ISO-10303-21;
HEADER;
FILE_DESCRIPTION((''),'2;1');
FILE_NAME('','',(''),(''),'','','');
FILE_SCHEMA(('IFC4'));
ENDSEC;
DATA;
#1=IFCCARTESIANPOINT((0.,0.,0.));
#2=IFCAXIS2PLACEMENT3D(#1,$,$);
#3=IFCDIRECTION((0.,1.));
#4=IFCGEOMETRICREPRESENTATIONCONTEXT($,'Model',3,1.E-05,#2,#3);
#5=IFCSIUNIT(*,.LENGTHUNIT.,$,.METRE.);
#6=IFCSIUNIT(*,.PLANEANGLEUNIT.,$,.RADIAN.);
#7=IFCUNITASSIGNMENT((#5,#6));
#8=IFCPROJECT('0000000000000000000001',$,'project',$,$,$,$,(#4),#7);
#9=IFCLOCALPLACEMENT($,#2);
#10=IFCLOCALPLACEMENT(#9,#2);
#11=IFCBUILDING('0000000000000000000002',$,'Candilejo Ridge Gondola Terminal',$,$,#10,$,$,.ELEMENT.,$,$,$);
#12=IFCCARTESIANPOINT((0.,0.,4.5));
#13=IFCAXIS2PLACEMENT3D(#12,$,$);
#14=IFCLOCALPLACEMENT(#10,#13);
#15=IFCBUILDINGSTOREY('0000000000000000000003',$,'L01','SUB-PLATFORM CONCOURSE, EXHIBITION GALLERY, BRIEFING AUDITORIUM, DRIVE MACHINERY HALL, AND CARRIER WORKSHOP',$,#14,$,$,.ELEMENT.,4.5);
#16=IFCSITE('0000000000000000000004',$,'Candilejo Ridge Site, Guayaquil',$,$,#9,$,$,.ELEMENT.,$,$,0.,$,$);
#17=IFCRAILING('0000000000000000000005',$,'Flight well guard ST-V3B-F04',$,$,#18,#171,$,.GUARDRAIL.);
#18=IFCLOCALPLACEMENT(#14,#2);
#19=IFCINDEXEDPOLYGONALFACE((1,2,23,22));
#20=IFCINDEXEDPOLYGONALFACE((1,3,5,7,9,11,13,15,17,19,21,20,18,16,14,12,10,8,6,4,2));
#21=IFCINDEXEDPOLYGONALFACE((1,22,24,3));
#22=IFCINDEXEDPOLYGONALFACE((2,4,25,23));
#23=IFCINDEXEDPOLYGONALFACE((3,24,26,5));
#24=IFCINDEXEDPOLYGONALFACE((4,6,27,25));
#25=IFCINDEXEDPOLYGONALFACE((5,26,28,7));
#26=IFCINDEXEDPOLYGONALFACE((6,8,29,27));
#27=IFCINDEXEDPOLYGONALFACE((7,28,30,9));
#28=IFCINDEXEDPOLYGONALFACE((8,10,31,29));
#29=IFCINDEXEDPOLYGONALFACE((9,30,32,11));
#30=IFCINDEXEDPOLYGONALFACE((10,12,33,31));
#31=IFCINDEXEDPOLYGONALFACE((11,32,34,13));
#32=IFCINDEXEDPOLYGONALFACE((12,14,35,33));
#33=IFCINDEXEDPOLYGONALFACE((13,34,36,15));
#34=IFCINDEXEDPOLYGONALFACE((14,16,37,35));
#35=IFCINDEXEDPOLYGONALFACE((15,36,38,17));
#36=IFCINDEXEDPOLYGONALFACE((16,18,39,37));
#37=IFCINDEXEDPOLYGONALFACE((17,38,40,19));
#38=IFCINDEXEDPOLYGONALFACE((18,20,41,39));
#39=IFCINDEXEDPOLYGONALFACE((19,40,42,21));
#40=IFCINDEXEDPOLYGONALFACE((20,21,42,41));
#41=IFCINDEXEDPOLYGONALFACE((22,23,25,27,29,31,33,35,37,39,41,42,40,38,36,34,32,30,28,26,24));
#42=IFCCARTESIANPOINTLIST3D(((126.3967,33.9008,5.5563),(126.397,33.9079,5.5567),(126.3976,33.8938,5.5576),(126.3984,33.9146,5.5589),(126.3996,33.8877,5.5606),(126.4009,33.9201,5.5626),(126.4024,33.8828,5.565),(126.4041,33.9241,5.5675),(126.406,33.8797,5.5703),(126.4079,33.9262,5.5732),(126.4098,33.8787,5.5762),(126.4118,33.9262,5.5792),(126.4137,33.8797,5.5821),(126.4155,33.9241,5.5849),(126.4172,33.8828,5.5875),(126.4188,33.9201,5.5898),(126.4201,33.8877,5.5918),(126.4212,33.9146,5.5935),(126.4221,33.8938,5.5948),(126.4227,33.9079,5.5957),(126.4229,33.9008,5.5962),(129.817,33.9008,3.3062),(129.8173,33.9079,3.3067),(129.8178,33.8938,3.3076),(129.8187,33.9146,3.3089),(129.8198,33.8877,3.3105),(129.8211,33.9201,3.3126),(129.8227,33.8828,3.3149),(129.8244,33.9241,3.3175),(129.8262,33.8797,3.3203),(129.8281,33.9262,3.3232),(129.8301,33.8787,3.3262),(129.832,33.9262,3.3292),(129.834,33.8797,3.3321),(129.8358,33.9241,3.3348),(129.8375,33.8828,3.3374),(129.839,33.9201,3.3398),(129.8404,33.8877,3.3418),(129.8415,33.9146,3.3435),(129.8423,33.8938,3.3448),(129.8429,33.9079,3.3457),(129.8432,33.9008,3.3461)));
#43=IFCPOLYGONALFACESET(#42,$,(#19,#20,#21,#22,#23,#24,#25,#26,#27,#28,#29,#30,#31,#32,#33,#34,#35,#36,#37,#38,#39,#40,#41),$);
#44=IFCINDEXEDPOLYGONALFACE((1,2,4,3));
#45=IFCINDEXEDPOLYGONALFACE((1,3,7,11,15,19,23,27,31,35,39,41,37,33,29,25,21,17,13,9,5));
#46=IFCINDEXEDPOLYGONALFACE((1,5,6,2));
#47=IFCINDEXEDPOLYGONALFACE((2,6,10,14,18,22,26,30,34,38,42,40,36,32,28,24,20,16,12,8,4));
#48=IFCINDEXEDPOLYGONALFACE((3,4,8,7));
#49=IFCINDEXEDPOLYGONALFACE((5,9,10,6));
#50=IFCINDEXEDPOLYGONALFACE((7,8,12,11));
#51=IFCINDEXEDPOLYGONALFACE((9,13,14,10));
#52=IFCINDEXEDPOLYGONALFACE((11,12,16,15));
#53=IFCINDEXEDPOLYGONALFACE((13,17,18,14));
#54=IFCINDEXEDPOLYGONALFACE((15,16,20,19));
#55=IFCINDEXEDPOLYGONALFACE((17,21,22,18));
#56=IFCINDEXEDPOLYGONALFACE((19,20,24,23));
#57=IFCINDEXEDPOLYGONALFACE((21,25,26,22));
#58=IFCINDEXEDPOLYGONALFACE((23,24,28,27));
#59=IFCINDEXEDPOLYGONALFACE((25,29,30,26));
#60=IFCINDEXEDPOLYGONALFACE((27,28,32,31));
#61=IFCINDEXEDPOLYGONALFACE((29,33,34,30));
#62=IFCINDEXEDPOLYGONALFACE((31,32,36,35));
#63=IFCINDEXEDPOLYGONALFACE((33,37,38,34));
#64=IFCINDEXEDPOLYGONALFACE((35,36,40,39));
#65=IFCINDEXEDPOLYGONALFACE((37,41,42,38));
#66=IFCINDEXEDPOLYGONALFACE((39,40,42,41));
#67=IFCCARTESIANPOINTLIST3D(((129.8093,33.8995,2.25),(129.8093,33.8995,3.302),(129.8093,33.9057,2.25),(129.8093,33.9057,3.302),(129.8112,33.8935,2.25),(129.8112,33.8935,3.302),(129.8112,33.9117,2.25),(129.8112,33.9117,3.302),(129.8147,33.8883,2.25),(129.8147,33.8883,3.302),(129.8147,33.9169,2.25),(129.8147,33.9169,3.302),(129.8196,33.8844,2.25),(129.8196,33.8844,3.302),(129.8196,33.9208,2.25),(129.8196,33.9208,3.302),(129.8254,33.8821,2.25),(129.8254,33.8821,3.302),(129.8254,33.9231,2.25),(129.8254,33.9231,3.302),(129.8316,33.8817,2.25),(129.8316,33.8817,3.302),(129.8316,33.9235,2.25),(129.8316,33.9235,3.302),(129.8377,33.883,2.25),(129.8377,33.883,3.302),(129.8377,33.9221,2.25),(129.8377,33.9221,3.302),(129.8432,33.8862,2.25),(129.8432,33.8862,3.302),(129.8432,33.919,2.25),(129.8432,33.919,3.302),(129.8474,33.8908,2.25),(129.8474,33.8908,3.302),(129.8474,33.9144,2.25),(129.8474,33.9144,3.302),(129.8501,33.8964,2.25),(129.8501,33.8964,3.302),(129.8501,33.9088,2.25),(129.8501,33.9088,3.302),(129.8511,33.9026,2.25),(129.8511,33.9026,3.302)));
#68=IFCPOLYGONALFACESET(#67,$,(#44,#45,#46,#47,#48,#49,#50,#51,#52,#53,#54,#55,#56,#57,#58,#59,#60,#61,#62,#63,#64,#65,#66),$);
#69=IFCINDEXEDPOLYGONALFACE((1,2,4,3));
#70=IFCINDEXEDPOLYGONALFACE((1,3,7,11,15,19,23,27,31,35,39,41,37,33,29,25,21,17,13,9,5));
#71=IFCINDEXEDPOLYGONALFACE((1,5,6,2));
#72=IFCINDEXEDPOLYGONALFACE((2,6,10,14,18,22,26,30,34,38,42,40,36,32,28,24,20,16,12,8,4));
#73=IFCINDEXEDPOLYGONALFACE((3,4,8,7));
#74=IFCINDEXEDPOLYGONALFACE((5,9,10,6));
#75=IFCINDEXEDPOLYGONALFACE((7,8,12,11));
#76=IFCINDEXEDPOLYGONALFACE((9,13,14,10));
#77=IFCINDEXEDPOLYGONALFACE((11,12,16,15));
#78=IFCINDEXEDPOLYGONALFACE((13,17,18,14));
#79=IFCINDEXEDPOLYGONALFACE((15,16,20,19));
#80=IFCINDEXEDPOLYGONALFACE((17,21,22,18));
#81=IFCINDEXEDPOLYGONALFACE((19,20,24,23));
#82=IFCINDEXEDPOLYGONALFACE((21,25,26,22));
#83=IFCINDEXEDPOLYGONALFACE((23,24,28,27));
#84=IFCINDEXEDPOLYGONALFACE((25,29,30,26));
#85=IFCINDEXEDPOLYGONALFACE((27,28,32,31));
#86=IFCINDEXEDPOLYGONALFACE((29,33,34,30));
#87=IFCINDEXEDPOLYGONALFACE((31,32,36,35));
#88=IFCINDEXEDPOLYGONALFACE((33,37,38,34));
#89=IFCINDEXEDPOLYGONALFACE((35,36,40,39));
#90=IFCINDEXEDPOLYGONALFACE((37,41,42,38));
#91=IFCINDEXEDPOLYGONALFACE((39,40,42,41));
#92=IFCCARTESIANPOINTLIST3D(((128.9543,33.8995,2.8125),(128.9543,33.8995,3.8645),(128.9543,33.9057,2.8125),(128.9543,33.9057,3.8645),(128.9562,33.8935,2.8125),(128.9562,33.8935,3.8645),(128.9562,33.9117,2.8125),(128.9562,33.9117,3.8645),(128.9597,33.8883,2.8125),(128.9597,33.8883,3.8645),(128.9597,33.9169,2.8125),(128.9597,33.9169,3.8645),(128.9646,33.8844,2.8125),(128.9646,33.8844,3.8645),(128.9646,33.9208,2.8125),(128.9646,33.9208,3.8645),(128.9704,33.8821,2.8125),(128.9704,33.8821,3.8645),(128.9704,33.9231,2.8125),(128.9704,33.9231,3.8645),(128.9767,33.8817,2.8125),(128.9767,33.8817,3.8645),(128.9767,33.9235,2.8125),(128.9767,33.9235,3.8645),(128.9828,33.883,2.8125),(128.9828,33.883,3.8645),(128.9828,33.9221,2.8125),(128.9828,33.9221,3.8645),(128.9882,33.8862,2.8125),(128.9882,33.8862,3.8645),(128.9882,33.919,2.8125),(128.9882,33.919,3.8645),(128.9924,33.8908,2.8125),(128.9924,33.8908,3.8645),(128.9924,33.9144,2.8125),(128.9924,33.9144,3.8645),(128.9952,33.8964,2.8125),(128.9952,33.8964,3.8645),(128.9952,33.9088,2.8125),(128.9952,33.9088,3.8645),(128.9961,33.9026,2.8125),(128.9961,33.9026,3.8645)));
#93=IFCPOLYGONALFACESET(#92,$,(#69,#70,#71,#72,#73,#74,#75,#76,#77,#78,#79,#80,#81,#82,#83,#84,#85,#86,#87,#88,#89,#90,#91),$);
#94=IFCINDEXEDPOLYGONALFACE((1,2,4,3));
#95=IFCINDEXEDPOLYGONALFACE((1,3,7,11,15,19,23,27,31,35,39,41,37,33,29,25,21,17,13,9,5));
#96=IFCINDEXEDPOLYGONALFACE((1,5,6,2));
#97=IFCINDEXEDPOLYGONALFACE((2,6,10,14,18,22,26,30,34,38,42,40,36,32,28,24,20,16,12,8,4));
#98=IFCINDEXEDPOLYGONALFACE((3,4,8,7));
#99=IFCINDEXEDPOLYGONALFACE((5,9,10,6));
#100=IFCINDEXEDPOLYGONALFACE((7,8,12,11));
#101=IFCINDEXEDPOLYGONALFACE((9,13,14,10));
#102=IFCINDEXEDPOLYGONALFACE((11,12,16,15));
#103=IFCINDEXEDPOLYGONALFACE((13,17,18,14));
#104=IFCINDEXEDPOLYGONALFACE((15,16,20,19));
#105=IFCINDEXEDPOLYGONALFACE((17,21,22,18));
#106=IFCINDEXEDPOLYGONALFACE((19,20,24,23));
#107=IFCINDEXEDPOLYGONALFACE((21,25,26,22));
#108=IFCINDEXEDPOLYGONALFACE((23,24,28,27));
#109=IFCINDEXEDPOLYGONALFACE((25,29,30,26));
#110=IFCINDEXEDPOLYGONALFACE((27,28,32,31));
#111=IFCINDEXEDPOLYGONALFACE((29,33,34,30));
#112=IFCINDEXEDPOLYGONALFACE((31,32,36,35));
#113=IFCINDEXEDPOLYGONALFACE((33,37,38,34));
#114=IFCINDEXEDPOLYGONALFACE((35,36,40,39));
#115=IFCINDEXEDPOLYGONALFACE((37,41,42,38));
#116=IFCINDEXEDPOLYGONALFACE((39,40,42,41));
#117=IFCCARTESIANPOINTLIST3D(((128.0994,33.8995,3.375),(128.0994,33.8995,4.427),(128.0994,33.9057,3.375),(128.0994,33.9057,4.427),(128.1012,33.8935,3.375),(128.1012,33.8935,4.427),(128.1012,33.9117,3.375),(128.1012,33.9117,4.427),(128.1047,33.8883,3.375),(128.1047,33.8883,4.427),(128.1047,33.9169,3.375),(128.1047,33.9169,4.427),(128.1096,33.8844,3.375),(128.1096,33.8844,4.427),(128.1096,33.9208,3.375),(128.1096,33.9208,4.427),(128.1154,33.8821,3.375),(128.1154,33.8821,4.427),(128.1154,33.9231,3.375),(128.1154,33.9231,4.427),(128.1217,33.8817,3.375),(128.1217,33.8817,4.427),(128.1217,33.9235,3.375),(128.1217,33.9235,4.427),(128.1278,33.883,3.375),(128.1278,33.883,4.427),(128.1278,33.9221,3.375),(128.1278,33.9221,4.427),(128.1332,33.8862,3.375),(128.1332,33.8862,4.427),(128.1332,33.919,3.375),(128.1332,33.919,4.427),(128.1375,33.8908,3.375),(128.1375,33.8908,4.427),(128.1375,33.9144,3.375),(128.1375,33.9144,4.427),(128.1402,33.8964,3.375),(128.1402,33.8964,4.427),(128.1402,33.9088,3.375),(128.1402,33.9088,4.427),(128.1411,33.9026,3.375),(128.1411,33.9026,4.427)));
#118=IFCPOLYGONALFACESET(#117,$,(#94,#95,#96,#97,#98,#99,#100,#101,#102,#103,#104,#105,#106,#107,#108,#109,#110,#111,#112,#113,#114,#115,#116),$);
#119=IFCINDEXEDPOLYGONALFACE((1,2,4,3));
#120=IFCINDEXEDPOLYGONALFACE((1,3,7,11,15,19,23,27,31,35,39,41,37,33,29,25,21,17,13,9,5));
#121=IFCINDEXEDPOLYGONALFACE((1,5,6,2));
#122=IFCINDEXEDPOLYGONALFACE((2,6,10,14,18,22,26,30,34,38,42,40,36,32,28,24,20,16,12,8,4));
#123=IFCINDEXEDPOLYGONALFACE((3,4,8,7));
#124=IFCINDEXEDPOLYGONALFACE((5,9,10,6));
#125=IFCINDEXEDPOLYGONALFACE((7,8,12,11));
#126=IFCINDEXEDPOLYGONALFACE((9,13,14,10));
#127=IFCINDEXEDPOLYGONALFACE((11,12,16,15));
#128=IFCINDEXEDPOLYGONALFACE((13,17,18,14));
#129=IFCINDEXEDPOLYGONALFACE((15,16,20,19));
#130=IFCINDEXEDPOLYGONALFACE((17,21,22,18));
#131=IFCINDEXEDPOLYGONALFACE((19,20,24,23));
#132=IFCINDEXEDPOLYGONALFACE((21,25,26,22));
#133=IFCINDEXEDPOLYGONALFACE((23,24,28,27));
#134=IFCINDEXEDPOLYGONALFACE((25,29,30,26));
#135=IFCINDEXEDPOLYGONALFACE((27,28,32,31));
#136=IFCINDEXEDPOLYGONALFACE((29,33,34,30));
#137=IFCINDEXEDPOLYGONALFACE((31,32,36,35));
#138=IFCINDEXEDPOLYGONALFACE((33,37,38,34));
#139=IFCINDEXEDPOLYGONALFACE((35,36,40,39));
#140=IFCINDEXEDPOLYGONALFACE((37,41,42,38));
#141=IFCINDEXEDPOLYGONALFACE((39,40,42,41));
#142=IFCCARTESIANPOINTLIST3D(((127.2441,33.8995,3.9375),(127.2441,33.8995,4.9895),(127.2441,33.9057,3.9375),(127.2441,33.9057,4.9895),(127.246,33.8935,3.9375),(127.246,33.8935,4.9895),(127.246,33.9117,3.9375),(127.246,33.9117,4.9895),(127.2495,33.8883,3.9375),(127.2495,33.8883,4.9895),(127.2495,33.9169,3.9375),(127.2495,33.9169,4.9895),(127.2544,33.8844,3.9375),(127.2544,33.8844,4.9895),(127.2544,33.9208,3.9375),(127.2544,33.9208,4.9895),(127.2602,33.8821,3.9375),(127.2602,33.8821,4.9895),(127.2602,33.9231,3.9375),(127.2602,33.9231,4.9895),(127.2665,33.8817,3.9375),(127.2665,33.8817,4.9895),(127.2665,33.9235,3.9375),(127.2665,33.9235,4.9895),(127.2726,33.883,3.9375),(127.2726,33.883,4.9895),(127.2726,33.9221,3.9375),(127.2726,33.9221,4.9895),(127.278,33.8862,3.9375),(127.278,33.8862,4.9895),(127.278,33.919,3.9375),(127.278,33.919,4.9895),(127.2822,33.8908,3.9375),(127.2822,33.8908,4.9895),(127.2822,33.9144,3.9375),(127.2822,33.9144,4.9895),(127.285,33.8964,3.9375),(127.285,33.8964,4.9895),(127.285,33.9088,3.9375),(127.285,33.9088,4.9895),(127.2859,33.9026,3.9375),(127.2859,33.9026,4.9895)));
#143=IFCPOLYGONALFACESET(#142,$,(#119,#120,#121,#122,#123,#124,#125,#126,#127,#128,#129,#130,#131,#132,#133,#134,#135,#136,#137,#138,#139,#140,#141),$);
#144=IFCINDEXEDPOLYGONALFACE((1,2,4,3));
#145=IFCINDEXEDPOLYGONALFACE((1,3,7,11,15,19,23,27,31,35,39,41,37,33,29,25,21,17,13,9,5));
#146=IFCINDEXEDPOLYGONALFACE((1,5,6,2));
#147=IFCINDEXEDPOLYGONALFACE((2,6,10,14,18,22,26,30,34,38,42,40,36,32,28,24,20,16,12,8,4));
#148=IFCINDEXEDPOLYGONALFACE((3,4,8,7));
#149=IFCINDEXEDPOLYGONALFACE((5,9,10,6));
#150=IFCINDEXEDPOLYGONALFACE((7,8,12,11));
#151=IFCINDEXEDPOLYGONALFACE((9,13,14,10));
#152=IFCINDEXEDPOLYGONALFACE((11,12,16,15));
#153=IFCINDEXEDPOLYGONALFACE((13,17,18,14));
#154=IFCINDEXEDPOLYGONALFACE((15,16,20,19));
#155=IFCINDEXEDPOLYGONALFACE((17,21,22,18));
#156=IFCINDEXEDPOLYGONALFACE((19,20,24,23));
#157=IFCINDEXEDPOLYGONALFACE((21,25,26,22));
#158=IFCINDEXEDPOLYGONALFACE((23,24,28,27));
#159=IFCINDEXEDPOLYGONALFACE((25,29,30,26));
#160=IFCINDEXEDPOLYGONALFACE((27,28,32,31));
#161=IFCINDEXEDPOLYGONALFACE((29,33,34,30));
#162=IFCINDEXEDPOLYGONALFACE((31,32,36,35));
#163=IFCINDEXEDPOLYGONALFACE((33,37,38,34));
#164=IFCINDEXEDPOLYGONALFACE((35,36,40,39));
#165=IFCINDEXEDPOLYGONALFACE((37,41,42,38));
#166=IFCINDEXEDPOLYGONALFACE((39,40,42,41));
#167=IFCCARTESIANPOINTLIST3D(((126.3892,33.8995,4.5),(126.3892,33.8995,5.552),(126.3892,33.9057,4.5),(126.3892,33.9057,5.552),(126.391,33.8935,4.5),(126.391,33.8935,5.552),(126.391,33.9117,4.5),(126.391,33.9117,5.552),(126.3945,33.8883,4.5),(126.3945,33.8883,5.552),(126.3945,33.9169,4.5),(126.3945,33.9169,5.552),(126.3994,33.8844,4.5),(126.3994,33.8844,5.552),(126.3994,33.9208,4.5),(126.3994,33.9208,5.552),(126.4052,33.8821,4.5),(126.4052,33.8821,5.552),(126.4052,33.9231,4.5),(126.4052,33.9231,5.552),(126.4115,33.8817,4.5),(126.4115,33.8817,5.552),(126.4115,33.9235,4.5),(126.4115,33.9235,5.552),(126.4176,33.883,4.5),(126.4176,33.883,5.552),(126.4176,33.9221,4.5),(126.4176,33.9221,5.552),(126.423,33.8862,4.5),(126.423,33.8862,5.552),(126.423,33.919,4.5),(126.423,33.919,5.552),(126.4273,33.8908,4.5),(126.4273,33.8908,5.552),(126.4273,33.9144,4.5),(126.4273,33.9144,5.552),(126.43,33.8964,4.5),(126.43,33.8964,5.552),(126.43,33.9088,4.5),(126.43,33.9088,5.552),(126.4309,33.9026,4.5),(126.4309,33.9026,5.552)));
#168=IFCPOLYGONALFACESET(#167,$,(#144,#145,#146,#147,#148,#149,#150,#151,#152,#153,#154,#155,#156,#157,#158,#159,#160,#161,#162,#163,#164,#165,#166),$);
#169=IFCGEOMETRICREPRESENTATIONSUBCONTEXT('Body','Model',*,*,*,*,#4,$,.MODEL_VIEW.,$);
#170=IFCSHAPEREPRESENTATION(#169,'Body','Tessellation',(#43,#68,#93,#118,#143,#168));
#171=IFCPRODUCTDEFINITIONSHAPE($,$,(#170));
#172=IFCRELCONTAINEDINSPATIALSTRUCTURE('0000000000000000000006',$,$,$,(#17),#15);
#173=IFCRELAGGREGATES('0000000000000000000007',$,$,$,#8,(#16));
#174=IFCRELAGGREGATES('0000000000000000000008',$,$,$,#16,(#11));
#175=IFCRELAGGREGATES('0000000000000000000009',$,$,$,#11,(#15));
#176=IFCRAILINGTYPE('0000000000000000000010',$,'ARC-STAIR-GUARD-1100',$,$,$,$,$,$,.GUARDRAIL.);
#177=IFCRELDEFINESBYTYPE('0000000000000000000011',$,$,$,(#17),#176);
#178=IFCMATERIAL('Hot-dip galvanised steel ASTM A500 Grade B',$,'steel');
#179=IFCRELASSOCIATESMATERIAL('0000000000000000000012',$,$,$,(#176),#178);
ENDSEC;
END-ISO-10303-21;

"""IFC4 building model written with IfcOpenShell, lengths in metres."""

from ifc_helpers import new_model, si_unit, direction, frame, origin, origin_2d, place, context, subcontext, project, spatial, circle, extrude, material, type_object, element, save


model = new_model("IFC4")

# Units and contexts
model_context = context("Model", 3, precision=1e-05, world=origin(), true_north=direction((0.0, 1.0)))
body_context = subcontext(model_context, "Body", "Model", "MODEL_VIEW")
ifc_project = project(units=[si_unit("LENGTHUNIT", "METRE"), si_unit("PLANEANGLEUNIT", "RADIAN")], contexts=[model_context])

# Site, building, storey
site_placement = place(None, origin())
site = spatial("IfcSite", under=ifc_project, at=site_placement, Name="Candilejo Ridge Site, Guayaquil", CompositionType="ELEMENT", RefElevation=0.0)
building_placement = place(site_placement, origin())
building = spatial("IfcBuilding", under=site, at=building_placement, Name="Candilejo Ridge Gondola Terminal", CompositionType="ELEMENT")
storey_placement = place(building_placement, frame((0.0, 0.0, 4.5)))
storey = spatial("IfcBuildingStorey", under=building, at=storey_placement, Name="L01", Description="SUB-PLATFORM CONCOURSE, EXHIBITION GALLERY, BRIEFING AUDITORIUM, DRIVE MACHINERY HALL, AND CARRIER WORKSHOP", CompositionType="ELEMENT", Elevation=4.5)

# Railing
ifc_material_1 = material(Name="Hot-dip galvanised steel ASTM A500 Grade B", Category="steel")
railing_type_1 = type_object("IfcRailingType", Name="ARC-STAIR-GUARD-1100", PredefinedType="GUARDRAIL", material=ifc_material_1)
railing_1_placement = place(storey_placement, frame((129.8301, 33.9026, 2.25)))
element("IfcRailing", 1, at=railing_1_placement, inside=storey, type_object=railing_type_1, Name="Flight well guard ST-V3B-F04", PredefinedType="GUARDRAIL", context=body_context, shape_type="SweptSolid", body=[
    extrude(circle(Radius=0.0239, at=origin_2d()), frame((0.0, 0.0, 1.0762), z_axis=(-0.835429, 0.0, 0.549598), x_axis=(0.0, -1.0, 0.0)), (0.0, 0.0, 1.0), 4.094),
    extrude(circle(Radius=0.021, at=origin_2d()), origin(), (0.0, 0.0, 1.0), 1.052),
    extrude(circle(Radius=0.021, at=origin_2d()), frame((-0.855, 0.0, 0.5625)), (0.0, 0.0, 1.0), 1.052),
    extrude(circle(Radius=0.021, at=origin_2d()), frame((-1.71, 0.0, 1.125)), (0.0, 0.0, 1.0), 1.052),
    extrude(circle(Radius=0.021, at=origin_2d()), frame((-2.5652, 0.0, 1.6875)), (0.0, 0.0, 1.0), 1.052),
    extrude(circle(Radius=0.021, at=origin_2d()), frame((-3.4202, 0.0, 2.25)), (0.0, 0.0, 1.0), 1.052),
])

save(model, "model.ifc")
